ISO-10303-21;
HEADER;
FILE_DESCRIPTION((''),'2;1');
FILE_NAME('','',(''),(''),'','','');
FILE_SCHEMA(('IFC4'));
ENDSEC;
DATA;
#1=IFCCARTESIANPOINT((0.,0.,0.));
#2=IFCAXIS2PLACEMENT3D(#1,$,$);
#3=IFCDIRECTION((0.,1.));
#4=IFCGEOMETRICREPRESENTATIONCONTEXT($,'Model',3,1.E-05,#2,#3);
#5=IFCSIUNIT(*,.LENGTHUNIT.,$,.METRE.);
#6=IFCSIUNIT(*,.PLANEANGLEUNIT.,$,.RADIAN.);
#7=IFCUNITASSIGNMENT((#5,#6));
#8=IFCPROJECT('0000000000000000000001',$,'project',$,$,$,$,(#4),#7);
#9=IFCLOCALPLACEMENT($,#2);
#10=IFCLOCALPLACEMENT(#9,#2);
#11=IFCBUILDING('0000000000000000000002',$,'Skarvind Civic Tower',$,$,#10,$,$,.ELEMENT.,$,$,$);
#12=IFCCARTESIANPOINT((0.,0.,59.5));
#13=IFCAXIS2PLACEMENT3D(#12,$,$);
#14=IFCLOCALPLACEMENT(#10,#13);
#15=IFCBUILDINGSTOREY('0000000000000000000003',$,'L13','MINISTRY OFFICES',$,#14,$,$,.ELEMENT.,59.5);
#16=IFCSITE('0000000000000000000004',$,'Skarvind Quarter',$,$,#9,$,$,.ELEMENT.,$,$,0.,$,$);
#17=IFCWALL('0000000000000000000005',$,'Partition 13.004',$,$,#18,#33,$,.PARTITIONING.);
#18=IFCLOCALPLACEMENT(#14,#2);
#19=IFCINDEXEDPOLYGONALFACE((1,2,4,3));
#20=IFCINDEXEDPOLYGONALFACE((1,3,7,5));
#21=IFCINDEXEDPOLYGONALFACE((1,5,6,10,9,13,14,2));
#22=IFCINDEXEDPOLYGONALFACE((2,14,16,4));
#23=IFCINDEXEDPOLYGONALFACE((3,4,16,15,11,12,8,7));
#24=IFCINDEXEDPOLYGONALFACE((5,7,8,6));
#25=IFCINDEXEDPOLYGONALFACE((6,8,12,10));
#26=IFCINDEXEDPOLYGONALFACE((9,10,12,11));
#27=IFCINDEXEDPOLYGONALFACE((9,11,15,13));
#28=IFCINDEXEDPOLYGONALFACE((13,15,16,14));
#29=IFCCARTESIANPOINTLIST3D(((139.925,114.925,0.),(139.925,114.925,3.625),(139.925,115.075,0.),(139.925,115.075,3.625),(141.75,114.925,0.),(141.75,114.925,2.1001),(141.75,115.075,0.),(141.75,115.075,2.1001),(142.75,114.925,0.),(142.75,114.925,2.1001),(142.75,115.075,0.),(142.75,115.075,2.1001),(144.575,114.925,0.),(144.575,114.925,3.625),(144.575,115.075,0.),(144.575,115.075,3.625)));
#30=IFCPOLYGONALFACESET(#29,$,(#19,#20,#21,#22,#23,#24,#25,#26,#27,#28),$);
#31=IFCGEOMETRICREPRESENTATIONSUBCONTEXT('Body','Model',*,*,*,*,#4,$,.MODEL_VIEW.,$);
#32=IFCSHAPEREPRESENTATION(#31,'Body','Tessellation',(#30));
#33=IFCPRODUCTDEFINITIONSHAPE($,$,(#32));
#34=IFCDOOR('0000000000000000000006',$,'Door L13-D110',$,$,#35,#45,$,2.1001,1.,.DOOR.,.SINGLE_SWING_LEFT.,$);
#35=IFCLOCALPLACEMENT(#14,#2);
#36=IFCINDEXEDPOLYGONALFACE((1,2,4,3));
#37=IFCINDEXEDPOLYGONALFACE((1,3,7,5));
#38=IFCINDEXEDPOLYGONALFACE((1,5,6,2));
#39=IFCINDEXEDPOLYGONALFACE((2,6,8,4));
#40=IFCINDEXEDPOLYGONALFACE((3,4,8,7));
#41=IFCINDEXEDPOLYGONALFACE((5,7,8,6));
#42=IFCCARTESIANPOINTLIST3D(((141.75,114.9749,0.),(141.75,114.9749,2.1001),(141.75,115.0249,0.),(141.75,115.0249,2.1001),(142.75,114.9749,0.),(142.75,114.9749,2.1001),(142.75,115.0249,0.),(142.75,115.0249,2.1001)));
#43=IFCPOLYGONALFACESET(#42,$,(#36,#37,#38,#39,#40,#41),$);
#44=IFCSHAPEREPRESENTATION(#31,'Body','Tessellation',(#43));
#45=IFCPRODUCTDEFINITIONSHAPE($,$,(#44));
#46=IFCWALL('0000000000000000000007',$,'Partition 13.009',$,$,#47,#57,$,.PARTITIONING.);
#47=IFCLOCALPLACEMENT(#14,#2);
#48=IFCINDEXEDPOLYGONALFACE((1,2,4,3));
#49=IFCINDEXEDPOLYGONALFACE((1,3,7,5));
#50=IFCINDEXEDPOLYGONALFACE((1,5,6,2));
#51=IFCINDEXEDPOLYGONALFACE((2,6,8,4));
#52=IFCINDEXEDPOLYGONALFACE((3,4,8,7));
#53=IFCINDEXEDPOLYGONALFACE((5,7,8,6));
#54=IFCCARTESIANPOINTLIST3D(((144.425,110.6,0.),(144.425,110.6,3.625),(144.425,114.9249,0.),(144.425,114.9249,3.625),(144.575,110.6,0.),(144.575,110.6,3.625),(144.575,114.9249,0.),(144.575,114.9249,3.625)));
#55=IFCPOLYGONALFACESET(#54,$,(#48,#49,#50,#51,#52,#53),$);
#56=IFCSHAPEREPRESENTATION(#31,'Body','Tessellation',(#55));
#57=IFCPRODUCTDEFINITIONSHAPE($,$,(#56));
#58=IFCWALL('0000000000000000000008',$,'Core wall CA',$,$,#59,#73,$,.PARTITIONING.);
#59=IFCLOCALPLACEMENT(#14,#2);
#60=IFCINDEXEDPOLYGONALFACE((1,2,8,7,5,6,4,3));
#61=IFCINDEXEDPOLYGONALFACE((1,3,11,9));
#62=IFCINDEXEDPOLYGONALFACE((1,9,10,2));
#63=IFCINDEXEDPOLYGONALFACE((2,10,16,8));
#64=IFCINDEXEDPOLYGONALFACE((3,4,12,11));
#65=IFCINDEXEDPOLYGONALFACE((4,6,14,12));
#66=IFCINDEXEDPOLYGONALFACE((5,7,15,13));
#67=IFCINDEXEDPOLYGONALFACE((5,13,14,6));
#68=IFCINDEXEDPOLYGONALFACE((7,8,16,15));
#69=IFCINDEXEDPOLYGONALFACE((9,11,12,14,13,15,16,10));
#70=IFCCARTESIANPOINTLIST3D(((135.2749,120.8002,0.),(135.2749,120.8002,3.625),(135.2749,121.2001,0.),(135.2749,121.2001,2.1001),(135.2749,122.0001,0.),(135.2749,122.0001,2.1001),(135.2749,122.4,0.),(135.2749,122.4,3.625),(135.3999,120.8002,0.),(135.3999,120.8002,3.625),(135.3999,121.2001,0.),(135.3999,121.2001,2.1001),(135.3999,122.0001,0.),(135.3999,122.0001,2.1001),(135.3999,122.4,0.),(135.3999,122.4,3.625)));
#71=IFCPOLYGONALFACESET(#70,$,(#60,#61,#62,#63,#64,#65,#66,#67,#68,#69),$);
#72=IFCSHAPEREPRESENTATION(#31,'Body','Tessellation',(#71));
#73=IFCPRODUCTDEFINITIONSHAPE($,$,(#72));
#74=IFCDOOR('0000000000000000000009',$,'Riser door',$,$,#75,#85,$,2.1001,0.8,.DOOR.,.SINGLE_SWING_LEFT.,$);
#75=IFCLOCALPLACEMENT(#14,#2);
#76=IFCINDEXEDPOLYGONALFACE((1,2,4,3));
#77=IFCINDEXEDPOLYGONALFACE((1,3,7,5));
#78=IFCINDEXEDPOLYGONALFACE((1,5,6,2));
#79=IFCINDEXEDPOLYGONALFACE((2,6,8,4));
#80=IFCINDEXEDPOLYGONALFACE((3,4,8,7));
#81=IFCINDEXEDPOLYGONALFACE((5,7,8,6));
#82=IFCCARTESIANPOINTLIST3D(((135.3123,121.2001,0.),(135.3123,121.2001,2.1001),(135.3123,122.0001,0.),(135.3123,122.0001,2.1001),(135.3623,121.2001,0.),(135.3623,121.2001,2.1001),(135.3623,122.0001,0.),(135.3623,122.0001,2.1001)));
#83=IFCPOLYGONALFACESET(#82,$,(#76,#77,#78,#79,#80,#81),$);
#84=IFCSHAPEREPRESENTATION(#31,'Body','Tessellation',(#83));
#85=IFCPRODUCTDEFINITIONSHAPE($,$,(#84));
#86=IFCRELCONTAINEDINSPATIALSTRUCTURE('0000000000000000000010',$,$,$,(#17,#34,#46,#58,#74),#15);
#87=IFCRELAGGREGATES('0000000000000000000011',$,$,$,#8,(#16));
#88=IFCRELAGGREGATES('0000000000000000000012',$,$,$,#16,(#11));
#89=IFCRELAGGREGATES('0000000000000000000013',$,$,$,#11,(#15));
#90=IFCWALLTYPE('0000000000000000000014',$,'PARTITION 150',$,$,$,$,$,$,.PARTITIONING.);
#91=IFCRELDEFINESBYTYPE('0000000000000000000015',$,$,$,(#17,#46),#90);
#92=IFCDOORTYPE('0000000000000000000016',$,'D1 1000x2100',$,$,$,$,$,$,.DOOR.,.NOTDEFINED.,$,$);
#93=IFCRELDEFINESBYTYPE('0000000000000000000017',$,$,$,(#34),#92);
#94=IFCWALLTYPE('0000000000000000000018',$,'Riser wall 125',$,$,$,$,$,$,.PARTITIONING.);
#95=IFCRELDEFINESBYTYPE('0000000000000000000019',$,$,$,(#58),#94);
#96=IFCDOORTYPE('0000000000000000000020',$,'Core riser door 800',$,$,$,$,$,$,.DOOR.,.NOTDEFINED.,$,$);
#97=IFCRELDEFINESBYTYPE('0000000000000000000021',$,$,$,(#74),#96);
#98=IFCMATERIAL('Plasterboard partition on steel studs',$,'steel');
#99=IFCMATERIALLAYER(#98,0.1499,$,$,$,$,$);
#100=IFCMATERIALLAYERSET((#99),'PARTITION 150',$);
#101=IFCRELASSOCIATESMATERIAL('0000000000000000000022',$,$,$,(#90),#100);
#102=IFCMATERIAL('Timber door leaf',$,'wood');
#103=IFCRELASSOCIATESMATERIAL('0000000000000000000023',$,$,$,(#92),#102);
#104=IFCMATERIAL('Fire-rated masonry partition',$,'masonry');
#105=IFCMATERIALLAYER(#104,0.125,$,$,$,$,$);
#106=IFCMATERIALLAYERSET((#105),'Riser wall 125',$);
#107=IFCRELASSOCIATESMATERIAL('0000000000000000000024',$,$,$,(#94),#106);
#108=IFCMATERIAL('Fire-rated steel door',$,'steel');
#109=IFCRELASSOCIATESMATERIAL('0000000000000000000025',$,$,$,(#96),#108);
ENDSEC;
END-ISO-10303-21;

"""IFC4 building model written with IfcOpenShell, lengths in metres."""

from ifc_helpers import new_model, si_unit, direction, frame, frame_2d, origin, place, context, subcontext, project, spatial, rectangle, extrude, material, layer, layer_set, type_object, element, fill, save


model = new_model("IFC4")

# Units and contexts
model_context = context("Model", 3, precision=1e-05, world=origin(), true_north=direction((0.0, 1.0)))
body_context = subcontext(model_context, "Body", "Model", "MODEL_VIEW")
ifc_project = project(units=[si_unit("LENGTHUNIT", "METRE"), si_unit("PLANEANGLEUNIT", "RADIAN")], contexts=[model_context])

# Site, building, storey
site_placement = place(None, origin())
site = spatial("IfcSite", under=ifc_project, at=site_placement, Name="Skarvind Quarter", CompositionType="ELEMENT", RefElevation=0.0)
building_placement = place(site_placement, origin())
building = spatial("IfcBuilding", under=site, at=building_placement, Name="Skarvind Civic Tower", CompositionType="ELEMENT")
storey_placement = place(building_placement, frame((0.0, 0.0, 59.5)))
storey = spatial("IfcBuildingStorey", under=building, at=storey_placement, Name="L13", Description="MINISTRY OFFICES", CompositionType="ELEMENT", Elevation=59.5)

# Shared definitions
ifc_material_1 = material(Name="Timber door leaf", Category="wood")
ifc_material_2 = material(Name="Fire-rated masonry partition", Category="masonry")
ifc_material_3 = material(Name="Fire-rated steel door", Category="steel")

# Shared definitions
ifc_material_4 = material(Name="Plasterboard partition on steel studs", Category="steel")
ifc_layer_1 = layer(ifc_material_4, 0.1499)
ifc_layer_set_1 = layer_set([ifc_layer_1], Name="PARTITION 150")
wall_type_1 = type_object("IfcWallType", Name="PARTITION 150", PredefinedType="PARTITIONING", material=ifc_layer_set_1)

# Wall, opening, door
wall_1_placement = place(storey_placement, frame((139.925, 115.0, 0.0), z_axis=(0.0, 0.0, 1.0), x_axis=(1.0, 0.0, 0.0)))
wall_1 = element("IfcWall", 1, at=wall_1_placement, inside=storey, type_object=wall_type_1, Name="Partition 13.004", PredefinedType="PARTITIONING", context=body_context, shape_type="SweptSolid", body=[
    extrude(rectangle(XDim=4.6499, YDim=0.1499, at=frame_2d((2.325, 0.0))), origin(), (0.0, 0.0, 1.0), 3.625),
])
opening_1_placement = place(wall_1_placement, frame((1.825, 0.0, 0.0)))
opening_1 = element("IfcOpeningElement", 2, at=opening_1_placement, cuts=wall_1, PredefinedType="OPENING", context=body_context, shape_type="SweptSolid", body=[
    extrude(rectangle(XDim=1.0, YDim=2.1001, at=frame_2d((0.5, 1.05))), frame((0.0, 0.085, 0.0), z_axis=(0.0, -1.0, 0.0), x_axis=(1.0, 0.0, 0.0)), (0.0, 0.0, 1.0), 0.1699),
])
door_type_1 = type_object("IfcDoorType", Name="D1 1000x2100", OperationType="NOTDEFINED", PredefinedType="DOOR", material=ifc_material_1)
door_1_placement = place(opening_1_placement, origin())
door_1 = element("IfcDoor", 3, at=door_1_placement, inside=storey, type_object=door_type_1, Name="Door L13-D110", OperationType="SINGLE_SWING_LEFT", OverallHeight=2.1001, OverallWidth=1.0, PredefinedType="DOOR", context=body_context, shape_type="SweptSolid", body=[
    extrude(rectangle(XDim=1.0, YDim=2.1001, at=frame_2d((0.5, 1.05))), frame((0.0, 0.0249, 0.0), z_axis=(0.0, -1.0, 0.0), x_axis=(1.0, 0.0, 0.0)), (0.0, 0.0, 1.0), 0.05),
])
fill(opening_1, door_1)

# Wall
wall_2_placement = place(storey_placement, frame((144.5, 114.925, 0.0), z_axis=(0.0, 0.0, 1.0), x_axis=(0.0, -1.0, 0.0)))
element("IfcWall", 4, at=wall_2_placement, inside=storey, type_object=wall_type_1, Name="Partition 13.009", PredefinedType="PARTITIONING", context=body_context, shape_type="SweptSolid", body=[
    extrude(rectangle(XDim=4.325, YDim=0.1499, at=frame_2d((2.1626, 0.0))), origin(), (0.0, 0.0, 1.0), 3.625),
])

# Wall, opening, door
ifc_layer_2 = layer(ifc_material_2, 0.125)
ifc_layer_set_2 = layer_set([ifc_layer_2], Name="Riser wall 125")
wall_type_2 = type_object("IfcWallType", Name="Riser wall 125", PredefinedType="PARTITIONING", material=ifc_layer_set_2)
wall_3_placement = place(storey_placement, frame((135.3374, 122.3999, 0.0), z_axis=(0.0, 0.0, 1.0), x_axis=(0.0, -1.0, 0.0)))
wall_3 = element("IfcWall", 5, at=wall_3_placement, inside=storey, type_object=wall_type_2, Name="Core wall CA", PredefinedType="PARTITIONING", context=body_context, shape_type="SweptSolid", body=[
    extrude(rectangle(XDim=1.5999, YDim=0.125, at=frame_2d((0.7998, 0.0))), origin(), (0.0, 0.0, 1.0), 3.625),
])
opening_2_placement = place(wall_3_placement, frame((0.3999, 0.0, 0.0)))
opening_2 = element("IfcOpeningElement", 6, at=opening_2_placement, cuts=wall_3, PredefinedType="OPENING", context=body_context, shape_type="SweptSolid", body=[
    extrude(rectangle(XDim=0.8, YDim=2.1001, at=frame_2d((0.3999, 1.05))), frame((0.0, 0.0725, 0.0), z_axis=(0.0, -1.0, 0.0), x_axis=(1.0, 0.0, 0.0)), (0.0, 0.0, 1.0), 0.145),
])
door_type_2 = type_object("IfcDoorType", Name="Core riser door 800", OperationType="NOTDEFINED", PredefinedType="DOOR", material=ifc_material_3)
door_2_placement = place(opening_2_placement, origin())
door_2 = element("IfcDoor", 7, at=door_2_placement, inside=storey, type_object=door_type_2, Name="Riser door", OperationType="SINGLE_SWING_LEFT", OverallHeight=2.1001, OverallWidth=0.8, PredefinedType="DOOR", context=body_context, shape_type="SweptSolid", body=[
    extrude(rectangle(XDim=0.8, YDim=2.1001, at=frame_2d((0.3999, 1.05))), frame((0.0, 0.0249, 0.0), z_axis=(0.0, -1.0, 0.0), x_axis=(1.0, 0.0, 0.0)), (0.0, 0.0, 1.0), 0.05),
])
fill(opening_2, door_2)

save(model, "model.ifc")
